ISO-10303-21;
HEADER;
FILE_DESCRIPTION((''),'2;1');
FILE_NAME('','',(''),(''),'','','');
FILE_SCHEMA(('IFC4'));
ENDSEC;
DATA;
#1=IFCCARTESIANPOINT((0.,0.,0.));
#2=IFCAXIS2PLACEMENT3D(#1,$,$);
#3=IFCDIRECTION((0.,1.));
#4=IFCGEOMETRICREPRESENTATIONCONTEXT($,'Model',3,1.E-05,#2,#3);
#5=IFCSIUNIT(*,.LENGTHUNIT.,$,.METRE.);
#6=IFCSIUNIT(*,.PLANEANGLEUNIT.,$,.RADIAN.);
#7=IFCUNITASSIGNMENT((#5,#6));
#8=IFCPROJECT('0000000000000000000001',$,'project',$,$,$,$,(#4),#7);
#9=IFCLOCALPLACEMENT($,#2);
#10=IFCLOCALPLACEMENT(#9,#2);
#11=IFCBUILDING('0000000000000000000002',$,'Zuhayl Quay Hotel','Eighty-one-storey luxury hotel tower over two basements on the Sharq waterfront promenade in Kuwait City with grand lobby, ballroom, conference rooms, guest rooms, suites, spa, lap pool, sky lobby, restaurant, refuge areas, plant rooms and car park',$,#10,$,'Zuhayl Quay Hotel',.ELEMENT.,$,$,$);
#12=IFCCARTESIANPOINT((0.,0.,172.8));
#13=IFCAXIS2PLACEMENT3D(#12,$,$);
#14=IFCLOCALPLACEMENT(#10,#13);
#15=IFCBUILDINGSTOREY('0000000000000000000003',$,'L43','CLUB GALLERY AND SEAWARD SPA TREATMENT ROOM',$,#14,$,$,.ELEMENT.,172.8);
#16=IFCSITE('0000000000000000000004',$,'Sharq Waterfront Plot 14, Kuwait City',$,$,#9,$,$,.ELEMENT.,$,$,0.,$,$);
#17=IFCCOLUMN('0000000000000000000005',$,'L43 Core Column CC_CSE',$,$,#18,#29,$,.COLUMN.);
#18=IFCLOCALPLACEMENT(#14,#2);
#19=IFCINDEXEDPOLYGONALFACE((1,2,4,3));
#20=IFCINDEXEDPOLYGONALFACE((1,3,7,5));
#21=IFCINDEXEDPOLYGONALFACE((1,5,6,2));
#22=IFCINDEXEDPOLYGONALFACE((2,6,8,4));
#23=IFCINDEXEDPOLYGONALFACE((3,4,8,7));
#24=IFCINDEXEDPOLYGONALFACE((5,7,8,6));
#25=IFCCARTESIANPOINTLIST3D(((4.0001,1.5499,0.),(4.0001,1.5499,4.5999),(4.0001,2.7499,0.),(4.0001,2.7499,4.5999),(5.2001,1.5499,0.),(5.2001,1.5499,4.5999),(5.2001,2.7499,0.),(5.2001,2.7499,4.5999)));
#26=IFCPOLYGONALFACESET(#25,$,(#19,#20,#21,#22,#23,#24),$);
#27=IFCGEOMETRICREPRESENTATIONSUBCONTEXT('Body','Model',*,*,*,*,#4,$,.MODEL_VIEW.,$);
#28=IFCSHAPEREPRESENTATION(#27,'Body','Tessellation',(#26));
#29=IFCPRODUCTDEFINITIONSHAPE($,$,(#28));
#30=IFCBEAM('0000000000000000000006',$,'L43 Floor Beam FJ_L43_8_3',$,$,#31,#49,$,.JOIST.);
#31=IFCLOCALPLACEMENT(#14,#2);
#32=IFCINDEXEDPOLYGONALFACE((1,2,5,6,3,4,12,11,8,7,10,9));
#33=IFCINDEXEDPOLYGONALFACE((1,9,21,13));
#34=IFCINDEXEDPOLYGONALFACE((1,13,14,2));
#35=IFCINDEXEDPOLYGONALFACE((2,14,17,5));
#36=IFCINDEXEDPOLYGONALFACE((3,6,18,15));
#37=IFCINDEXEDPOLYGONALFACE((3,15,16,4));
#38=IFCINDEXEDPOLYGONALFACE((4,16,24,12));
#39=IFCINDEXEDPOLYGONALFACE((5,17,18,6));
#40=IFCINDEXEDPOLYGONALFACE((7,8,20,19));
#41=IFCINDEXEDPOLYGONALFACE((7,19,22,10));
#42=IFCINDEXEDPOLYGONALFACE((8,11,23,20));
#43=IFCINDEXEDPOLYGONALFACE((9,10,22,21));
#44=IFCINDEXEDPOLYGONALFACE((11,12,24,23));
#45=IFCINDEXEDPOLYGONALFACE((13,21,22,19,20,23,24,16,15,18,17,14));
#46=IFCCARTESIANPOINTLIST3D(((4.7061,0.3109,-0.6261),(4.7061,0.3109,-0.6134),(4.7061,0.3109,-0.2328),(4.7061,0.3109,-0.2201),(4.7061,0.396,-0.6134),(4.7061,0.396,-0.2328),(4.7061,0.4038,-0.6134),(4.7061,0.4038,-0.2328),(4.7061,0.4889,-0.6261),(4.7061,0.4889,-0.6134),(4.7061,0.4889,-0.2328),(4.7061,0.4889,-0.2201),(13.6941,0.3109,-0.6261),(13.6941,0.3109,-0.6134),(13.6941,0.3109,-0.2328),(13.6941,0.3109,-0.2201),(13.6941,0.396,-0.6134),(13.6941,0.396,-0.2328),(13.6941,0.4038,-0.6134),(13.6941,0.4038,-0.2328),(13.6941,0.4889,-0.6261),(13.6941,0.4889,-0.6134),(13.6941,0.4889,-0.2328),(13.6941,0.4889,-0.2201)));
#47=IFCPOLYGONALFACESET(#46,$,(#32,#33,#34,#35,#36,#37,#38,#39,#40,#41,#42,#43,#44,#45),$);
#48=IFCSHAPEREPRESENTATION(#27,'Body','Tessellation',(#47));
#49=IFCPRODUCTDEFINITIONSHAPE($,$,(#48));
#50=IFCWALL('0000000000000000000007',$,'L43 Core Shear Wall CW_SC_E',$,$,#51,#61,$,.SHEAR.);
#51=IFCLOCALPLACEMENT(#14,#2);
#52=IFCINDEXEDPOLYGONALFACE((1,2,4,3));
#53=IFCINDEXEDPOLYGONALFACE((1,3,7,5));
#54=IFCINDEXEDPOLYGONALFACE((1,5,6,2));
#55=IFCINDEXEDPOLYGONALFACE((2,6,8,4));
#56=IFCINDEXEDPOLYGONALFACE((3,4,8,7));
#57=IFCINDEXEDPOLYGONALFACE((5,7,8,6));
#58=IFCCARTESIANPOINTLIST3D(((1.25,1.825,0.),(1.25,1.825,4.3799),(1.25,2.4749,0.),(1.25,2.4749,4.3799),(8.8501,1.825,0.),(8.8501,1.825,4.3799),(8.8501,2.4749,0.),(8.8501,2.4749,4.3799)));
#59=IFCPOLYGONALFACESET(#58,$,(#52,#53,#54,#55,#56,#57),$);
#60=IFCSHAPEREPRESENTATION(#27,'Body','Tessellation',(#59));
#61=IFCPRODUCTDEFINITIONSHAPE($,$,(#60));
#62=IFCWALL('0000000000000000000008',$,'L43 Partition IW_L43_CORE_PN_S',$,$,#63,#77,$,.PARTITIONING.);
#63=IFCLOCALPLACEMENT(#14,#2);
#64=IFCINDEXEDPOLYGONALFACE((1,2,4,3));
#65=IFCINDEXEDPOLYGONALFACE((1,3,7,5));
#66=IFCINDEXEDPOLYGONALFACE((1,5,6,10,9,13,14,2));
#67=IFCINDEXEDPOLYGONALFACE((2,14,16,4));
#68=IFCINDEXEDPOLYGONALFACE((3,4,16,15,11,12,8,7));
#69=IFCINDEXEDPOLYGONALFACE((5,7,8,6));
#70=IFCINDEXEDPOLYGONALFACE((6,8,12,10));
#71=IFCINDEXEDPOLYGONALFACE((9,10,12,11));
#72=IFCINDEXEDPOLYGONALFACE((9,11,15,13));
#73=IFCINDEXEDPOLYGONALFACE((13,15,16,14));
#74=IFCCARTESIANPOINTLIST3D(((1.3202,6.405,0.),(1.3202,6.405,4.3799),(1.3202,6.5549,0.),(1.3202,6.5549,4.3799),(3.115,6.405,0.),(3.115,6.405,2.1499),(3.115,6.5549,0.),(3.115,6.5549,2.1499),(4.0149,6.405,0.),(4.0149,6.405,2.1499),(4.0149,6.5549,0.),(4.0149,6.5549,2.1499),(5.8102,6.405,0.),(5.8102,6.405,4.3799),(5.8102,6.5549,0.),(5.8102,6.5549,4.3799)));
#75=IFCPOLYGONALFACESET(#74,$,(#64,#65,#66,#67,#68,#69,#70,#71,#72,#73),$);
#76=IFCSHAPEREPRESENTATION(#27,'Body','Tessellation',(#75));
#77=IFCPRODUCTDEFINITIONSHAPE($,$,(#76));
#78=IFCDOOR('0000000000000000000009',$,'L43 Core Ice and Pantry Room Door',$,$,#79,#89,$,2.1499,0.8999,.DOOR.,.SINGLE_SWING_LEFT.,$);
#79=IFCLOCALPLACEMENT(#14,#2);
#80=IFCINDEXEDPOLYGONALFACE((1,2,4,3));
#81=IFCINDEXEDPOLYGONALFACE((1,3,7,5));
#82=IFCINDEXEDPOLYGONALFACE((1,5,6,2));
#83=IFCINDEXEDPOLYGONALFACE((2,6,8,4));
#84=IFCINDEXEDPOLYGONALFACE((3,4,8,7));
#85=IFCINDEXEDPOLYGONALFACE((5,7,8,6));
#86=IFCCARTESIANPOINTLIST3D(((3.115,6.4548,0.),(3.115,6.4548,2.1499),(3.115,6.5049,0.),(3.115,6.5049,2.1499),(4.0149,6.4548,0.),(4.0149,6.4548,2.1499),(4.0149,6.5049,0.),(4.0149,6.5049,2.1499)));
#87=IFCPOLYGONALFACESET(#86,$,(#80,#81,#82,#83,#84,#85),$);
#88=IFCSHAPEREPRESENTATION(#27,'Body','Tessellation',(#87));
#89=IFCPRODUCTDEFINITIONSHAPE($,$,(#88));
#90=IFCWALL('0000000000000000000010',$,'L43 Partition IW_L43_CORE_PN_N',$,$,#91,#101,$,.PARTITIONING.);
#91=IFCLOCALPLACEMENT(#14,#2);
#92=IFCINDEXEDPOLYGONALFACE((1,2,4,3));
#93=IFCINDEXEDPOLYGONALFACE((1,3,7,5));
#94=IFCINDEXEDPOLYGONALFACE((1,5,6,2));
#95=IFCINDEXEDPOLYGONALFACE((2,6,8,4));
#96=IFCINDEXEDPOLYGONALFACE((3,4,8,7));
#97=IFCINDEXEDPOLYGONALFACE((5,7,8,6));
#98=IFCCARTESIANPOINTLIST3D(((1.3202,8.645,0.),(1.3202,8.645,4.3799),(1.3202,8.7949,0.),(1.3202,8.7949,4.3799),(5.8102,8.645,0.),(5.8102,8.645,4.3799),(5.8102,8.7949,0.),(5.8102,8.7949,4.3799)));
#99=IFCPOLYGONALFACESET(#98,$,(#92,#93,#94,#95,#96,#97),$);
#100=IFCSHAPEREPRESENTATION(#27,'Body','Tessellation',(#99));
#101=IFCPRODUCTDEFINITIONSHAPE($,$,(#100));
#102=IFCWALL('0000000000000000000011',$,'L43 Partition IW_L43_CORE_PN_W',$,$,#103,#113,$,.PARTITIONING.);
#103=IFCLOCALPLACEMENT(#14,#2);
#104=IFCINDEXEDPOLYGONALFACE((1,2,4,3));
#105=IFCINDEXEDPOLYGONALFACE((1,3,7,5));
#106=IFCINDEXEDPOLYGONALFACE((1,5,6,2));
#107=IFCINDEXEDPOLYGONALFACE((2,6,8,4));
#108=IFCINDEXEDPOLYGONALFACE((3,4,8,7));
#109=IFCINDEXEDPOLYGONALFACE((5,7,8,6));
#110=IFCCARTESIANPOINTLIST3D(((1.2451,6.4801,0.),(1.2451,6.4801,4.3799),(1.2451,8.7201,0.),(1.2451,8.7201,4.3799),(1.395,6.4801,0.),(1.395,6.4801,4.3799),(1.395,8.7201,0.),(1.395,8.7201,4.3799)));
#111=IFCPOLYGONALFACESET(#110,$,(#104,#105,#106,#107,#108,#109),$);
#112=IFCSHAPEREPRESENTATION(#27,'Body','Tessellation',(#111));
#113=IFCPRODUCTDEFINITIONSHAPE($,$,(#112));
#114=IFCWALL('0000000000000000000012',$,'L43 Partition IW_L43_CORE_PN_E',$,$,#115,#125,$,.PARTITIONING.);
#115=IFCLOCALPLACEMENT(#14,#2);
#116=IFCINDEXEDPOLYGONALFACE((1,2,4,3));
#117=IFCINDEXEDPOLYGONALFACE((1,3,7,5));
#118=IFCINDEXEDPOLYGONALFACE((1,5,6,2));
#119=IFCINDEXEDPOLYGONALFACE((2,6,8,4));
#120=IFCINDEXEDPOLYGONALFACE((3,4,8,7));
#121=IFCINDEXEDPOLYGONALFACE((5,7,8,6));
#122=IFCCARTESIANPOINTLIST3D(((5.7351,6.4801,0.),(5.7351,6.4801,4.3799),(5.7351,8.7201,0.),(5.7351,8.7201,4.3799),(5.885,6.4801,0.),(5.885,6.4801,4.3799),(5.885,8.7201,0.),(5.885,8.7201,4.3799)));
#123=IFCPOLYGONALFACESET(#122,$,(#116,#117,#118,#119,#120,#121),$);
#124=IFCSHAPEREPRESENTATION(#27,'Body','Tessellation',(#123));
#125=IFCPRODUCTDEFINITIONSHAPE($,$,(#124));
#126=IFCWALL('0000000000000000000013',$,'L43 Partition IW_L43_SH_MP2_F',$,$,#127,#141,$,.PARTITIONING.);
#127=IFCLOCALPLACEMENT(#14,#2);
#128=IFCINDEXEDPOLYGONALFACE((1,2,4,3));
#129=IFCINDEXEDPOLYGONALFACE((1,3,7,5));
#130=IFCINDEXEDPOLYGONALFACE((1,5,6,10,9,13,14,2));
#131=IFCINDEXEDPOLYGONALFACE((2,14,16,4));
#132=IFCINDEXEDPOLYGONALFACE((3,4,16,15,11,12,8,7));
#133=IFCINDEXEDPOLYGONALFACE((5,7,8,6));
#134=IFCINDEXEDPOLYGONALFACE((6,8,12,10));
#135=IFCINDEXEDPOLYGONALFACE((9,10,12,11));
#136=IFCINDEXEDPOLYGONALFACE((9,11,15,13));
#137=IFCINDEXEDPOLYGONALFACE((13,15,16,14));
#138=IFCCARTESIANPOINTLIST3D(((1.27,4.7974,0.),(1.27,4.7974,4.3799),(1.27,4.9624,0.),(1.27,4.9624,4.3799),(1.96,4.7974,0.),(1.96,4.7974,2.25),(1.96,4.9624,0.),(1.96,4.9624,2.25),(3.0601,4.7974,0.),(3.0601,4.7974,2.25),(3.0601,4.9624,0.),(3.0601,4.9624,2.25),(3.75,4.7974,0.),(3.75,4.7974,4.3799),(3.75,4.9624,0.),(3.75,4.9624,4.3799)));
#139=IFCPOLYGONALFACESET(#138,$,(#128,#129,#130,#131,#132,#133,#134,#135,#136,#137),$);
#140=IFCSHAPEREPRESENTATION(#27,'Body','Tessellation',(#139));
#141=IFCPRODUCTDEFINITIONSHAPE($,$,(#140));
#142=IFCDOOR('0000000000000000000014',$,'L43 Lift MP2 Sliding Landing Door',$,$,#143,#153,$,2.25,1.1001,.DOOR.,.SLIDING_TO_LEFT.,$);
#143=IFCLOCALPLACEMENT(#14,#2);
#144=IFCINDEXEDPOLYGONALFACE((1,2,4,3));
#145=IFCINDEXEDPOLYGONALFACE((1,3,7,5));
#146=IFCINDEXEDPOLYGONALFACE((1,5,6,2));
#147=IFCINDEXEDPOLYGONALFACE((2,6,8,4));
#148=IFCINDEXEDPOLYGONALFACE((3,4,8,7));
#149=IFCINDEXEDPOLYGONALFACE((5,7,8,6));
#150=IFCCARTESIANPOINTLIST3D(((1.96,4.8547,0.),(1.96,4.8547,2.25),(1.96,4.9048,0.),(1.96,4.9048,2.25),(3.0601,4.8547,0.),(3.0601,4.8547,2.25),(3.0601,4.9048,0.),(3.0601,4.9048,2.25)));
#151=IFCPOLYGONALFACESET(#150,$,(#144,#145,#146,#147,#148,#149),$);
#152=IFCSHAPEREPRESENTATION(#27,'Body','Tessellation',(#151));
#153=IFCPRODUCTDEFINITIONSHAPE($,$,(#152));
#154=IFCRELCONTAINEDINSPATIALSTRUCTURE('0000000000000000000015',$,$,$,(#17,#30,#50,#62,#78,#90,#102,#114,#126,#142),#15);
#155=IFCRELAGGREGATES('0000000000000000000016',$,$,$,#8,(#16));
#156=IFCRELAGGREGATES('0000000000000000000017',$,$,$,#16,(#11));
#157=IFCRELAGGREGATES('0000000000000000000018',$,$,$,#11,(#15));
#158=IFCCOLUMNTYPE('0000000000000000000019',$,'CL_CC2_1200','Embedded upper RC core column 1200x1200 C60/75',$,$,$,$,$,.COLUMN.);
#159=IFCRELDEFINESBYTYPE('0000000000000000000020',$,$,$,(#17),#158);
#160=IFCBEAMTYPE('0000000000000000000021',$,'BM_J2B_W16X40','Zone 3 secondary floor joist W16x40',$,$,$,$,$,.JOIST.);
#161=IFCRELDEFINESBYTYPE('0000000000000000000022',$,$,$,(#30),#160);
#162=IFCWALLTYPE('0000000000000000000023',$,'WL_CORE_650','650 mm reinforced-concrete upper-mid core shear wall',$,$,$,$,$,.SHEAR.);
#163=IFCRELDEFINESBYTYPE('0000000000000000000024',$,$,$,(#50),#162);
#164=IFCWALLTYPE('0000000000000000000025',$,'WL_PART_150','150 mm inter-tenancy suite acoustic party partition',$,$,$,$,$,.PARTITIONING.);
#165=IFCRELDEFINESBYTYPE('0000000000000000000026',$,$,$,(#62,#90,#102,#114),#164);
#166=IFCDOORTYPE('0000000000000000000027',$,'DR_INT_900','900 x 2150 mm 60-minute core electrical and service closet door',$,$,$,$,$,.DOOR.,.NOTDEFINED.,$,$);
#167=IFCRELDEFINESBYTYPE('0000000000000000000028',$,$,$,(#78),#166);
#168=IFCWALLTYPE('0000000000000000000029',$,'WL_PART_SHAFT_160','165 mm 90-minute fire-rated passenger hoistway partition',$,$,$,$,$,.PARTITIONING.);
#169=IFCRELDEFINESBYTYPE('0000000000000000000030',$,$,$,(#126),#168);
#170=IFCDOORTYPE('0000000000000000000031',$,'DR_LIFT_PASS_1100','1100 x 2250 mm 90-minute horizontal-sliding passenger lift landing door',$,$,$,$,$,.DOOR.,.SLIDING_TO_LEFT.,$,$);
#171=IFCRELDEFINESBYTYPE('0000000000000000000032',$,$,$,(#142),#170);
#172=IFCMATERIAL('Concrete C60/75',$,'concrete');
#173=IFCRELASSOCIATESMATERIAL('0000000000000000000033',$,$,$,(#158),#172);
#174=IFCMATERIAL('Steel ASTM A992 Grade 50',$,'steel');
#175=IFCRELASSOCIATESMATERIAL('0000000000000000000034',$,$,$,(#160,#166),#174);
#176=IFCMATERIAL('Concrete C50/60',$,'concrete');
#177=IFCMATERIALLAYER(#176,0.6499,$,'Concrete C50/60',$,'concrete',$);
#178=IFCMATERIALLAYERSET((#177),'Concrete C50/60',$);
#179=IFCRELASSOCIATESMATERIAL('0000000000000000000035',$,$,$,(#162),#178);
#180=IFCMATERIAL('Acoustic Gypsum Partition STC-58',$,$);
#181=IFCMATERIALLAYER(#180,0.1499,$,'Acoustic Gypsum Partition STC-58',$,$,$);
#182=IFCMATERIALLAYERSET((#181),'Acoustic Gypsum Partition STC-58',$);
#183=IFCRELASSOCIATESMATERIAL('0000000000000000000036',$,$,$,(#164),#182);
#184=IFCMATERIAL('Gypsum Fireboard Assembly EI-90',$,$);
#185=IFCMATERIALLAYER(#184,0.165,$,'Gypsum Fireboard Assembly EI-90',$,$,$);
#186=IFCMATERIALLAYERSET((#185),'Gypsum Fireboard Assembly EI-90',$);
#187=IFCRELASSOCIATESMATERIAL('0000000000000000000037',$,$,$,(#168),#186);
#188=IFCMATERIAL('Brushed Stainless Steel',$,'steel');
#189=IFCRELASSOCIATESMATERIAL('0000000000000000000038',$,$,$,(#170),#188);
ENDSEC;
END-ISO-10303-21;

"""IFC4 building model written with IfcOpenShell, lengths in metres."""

from ifc_helpers import new_model, si_unit, direction, frame, frame_2d, origin, origin_2d, place, context, subcontext, project, spatial, rectangle, i_section, extrude, material, layer, layer_set, material_profile, profile_set, type_object, element, fill, save


model = new_model("IFC4")

# Units and contexts
model_context = context("Model", 3, precision=1e-05, world=origin(), true_north=direction((0.0, 1.0)))
body_context = subcontext(model_context, "Body", "Model", "MODEL_VIEW")
ifc_project = project(units=[si_unit("LENGTHUNIT", "METRE"), si_unit("PLANEANGLEUNIT", "RADIAN")], contexts=[model_context])

# Site, building, storey
site_placement = place(None, origin())
site = spatial("IfcSite", under=ifc_project, at=site_placement, Name="Sharq Waterfront Plot 14, Kuwait City", CompositionType="ELEMENT", RefElevation=0.0)
building_placement = place(site_placement, origin())
building = spatial("IfcBuilding", under=site, at=building_placement, Name="Zuhayl Quay Hotel", Description="Eighty-one-storey luxury hotel tower over two basements on the Sharq waterfront promenade in Kuwait City with grand lobby, ballroom, conference rooms, guest rooms, suites, spa, lap pool, sky lobby, restaurant, refuge areas, plant rooms and car park", LongName="Zuhayl Quay Hotel", CompositionType="ELEMENT")
storey_placement = place(building_placement, frame((0.0, 0.0, 172.8)))
storey = spatial("IfcBuildingStorey", under=building, at=storey_placement, Name="L43", Description="CLUB GALLERY AND SEAWARD SPA TREATMENT ROOM", CompositionType="ELEMENT", Elevation=172.8)

# Column
ifc_material_1 = material(Name="Concrete C60/75", Category="concrete")
ifc_material_profile_1 = material_profile(ifc_material_1, rectangle(XDim=1.2, YDim=1.2, at=origin_2d()), Name="RC1200X1200")
ifc_profile_set_1 = profile_set([ifc_material_profile_1], Name="Concrete C60/75")
column_type = type_object("IfcColumnType", Name="CL_CC2_1200", Description="Embedded upper RC core column 1200x1200 C60/75", PredefinedType="COLUMN", material=ifc_profile_set_1)
column_placement = place(storey_placement, frame((4.6001, 2.1499, 0.0), z_axis=(0.0, 0.0, 1.0), x_axis=(1.0, 0.0, 0.0)))
element("IfcColumn", 1, at=column_placement, inside=storey, type_object=column_type, Name="L43 Core Column CC_CSE", PredefinedType="COLUMN", context=body_context, shape_type="SweptSolid", body=[
    extrude(rectangle(XDim=1.2, YDim=1.2, at=origin_2d()), origin(), (0.0, 0.0, 1.0), 4.5999),
])

# Beam
ifc_material_2 = material(Name="Steel ASTM A992 Grade 50", Category="steel")
ifc_material_profile_2 = material_profile(ifc_material_2, i_section(OverallWidth=0.178, OverallDepth=0.406, WebThickness=0.0078, FlangeThickness=0.0127, at=origin_2d()), Name="W16X40")
ifc_profile_set_2 = profile_set([ifc_material_profile_2], Name="Steel ASTM A992 Grade 50")
beam_type = type_object("IfcBeamType", Name="BM_J2B_W16X40", Description="Zone 3 secondary floor joist W16x40", PredefinedType="JOIST", material=ifc_profile_set_2)
beam_placement = place(storey_placement, frame((4.7061, 0.3999, -0.4231), z_axis=(1.0, 0.0, 0.0), x_axis=(0.0, 1.0, 0.0)))
element("IfcBeam", 2, at=beam_placement, inside=storey, type_object=beam_type, Name="L43 Floor Beam FJ_L43_8_3", PredefinedType="JOIST", context=body_context, shape_type="SweptSolid", body=[
    extrude(i_section(OverallWidth=0.178, OverallDepth=0.406, WebThickness=0.0078, FlangeThickness=0.0127, at=origin_2d()), origin(), (0.0, 0.0, 1.0), 8.988),
])

# Wall
ifc_material_3 = material(Name="Concrete C50/60", Category="concrete")
ifc_layer_1 = layer(ifc_material_3, 0.6499, Name="Concrete C50/60", Category="concrete")
ifc_layer_set_1 = layer_set([ifc_layer_1], Name="Concrete C50/60")
wall_type_1 = type_object("IfcWallType", Name="WL_CORE_650", Description="650 mm reinforced-concrete upper-mid core shear wall", PredefinedType="SHEAR", material=ifc_layer_set_1)
wall_1_placement = place(storey_placement, frame((1.25, 2.1499, 0.0), z_axis=(0.0, 0.0, 1.0), x_axis=(1.0, 0.0, 0.0)))
element("IfcWall", 3, at=wall_1_placement, inside=storey, type_object=wall_type_1, Name="L43 Core Shear Wall CW_SC_E", PredefinedType="SHEAR", context=body_context, shape_type="SweptSolid", body=[
    extrude(rectangle(XDim=7.6001, YDim=0.6499, at=frame_2d((3.8, 0.0))), origin(), (0.0, 0.0, 1.0), 4.3799),
])

# Wall, opening, door
ifc_material_4 = material(Name="Acoustic Gypsum Partition STC-58")
ifc_layer_2 = layer(ifc_material_4, 0.1499, Name="Acoustic Gypsum Partition STC-58")
ifc_layer_set_2 = layer_set([ifc_layer_2], Name="Acoustic Gypsum Partition STC-58")
wall_type_2 = type_object("IfcWallType", Name="WL_PART_150", Description="150 mm inter-tenancy suite acoustic party partition", PredefinedType="PARTITIONING", material=ifc_layer_set_2)
wall_2_placement = place(storey_placement, frame((1.3201, 6.48, 0.0), z_axis=(0.0, 0.0, 1.0), x_axis=(1.0, 0.0, 0.0)))
wall_2 = element("IfcWall", 4, at=wall_2_placement, inside=storey, type_object=wall_type_2, Name="L43 Partition IW_L43_CORE_PN_S", PredefinedType="PARTITIONING", context=body_context, shape_type="SweptSolid", body=[
    extrude(rectangle(XDim=4.49, YDim=0.1499, at=frame_2d((2.2451, 0.0))), origin(), (0.0, 0.0, 1.0), 4.3799),
])
opening_1_placement = place(wall_2_placement, frame((1.7949, 0.0, 0.0)))
opening_1 = element("IfcOpeningElement", 5, at=opening_1_placement, cuts=wall_2, PredefinedType="OPENING", context=body_context, shape_type="SweptSolid", body=[
    extrude(rectangle(XDim=0.8999, YDim=2.1499, at=frame_2d((0.45, 1.075))), frame((0.0, 0.085, 0.0), z_axis=(0.0, -1.0, 0.0), x_axis=(1.0, 0.0, 0.0)), (0.0, 0.0, 1.0), 0.1699),
])
door_type_1 = type_object("IfcDoorType", Name="DR_INT_900", Description="900 x 2150 mm 60-minute core electrical and service closet door", OperationType="NOTDEFINED", PredefinedType="DOOR", material=ifc_material_2)
door_1_placement = place(opening_1_placement, origin())
door_1 = element("IfcDoor", 6, at=door_1_placement, inside=storey, type_object=door_type_1, Name="L43 Core Ice and Pantry Room Door", OperationType="SINGLE_SWING_LEFT", OverallHeight=2.1499, OverallWidth=0.8999, PredefinedType="DOOR", context=body_context, shape_type="SweptSolid", body=[
    extrude(rectangle(XDim=0.8999, YDim=2.1499, at=frame_2d((0.45, 1.075))), frame((0.0, 0.0249, 0.0), z_axis=(0.0, -1.0, 0.0), x_axis=(1.0, 0.0, 0.0)), (0.0, 0.0, 1.0), 0.05),
])
fill(opening_1, door_1)

# Walls
wall_3_placement = place(storey_placement, frame((1.3201, 8.72, 0.0), z_axis=(0.0, 0.0, 1.0), x_axis=(1.0, 0.0, 0.0)))
element("IfcWall", 7, at=wall_3_placement, inside=storey, type_object=wall_type_2, Name="L43 Partition IW_L43_CORE_PN_N", PredefinedType="PARTITIONING", context=body_context, shape_type="SweptSolid", body=[
    extrude(rectangle(XDim=4.49, YDim=0.1499, at=frame_2d((2.2451, 0.0))), origin(), (0.0, 0.0, 1.0), 4.3799),
])
for number, where, z_axis, x_axis, name in (
    (8, (1.3201, 6.48, 0.0), (0.0, 0.0, 1.0), (0.0, 1.0, 0.0), "L43 Partition IW_L43_CORE_PN_W"),
    (9, (5.8101, 6.48, 0.0), (0.0, 0.0, 1.0), (0.0, 1.0, 0.0), "L43 Partition IW_L43_CORE_PN_E"),
):
    element("IfcWall", number, at=place(storey_placement, frame(where, z_axis=z_axis, x_axis=x_axis)), inside=storey, type_object=wall_type_2, Name=name, PredefinedType="PARTITIONING", context=body_context, shape_type="SweptSolid", body=[
        extrude(rectangle(XDim=2.24, YDim=0.1499, at=frame_2d((1.1201, 0.0))), origin(), (0.0, 0.0, 1.0), 4.3799),
    ])

# Wall, opening, door
ifc_material_5 = material(Name="Gypsum Fireboard Assembly EI-90")
ifc_layer_3 = layer(ifc_material_5, 0.165, Name="Gypsum Fireboard Assembly EI-90")
ifc_layer_set_3 = layer_set([ifc_layer_3], Name="Gypsum Fireboard Assembly EI-90")
wall_type_3 = type_object("IfcWallType", Name="WL_PART_SHAFT_160", Description="165 mm 90-minute fire-rated passenger hoistway partition", PredefinedType="PARTITIONING", material=ifc_layer_set_3)
wall_4_placement = place(storey_placement, frame((1.27, 4.8799, 0.0), z_axis=(0.0, 0.0, 1.0), x_axis=(1.0, 0.0, 0.0)))
wall_4 = element("IfcWall", 10, at=wall_4_placement, inside=storey, type_object=wall_type_3, Name="L43 Partition IW_L43_SH_MP2_F", PredefinedType="PARTITIONING", context=body_context, shape_type="SweptSolid", body=[
    extrude(rectangle(XDim=2.48, YDim=0.165, at=frame_2d((1.24, 0.0))), origin(), (0.0, 0.0, 1.0), 4.3799),
])
opening_2_placement = place(wall_4_placement, frame((0.6899, 0.0, 0.0)))
opening_2 = element("IfcOpeningElement", 11, at=opening_2_placement, cuts=wall_4, PredefinedType="OPENING", context=body_context, shape_type="SweptSolid", body=[
    extrude(rectangle(XDim=1.1001, YDim=2.25, at=frame_2d((0.55, 1.125))), frame((0.0, 0.0925, 0.0), z_axis=(0.0, -1.0, 0.0), x_axis=(1.0, 0.0, 0.0)), (0.0, 0.0, 1.0), 0.1851),
])
ifc_material_6 = material(Name="Brushed Stainless Steel", Category="steel")
door_type_2 = type_object("IfcDoorType", Name="DR_LIFT_PASS_1100", Description="1100 x 2250 mm 90-minute horizontal-sliding passenger lift landing door", OperationType="SLIDING_TO_LEFT", PredefinedType="DOOR", material=ifc_material_6)
door_2_placement = place(opening_2_placement, origin())
door_2 = element("IfcDoor", 12, at=door_2_placement, inside=storey, type_object=door_type_2, Name="L43 Lift MP2 Sliding Landing Door", OperationType="SLIDING_TO_LEFT", OverallHeight=2.25, OverallWidth=1.1001, PredefinedType="DOOR", context=body_context, shape_type="SweptSolid", body=[
    extrude(rectangle(XDim=1.1001, YDim=2.25, at=frame_2d((0.55, 1.125))), frame((0.0, 0.0249, 0.0), z_axis=(0.0, -1.0, 0.0), x_axis=(1.0, 0.0, 0.0)), (0.0, 0.0, 1.0), 0.05),
])
fill(opening_2, door_2)

save(model, "model.ifc")
